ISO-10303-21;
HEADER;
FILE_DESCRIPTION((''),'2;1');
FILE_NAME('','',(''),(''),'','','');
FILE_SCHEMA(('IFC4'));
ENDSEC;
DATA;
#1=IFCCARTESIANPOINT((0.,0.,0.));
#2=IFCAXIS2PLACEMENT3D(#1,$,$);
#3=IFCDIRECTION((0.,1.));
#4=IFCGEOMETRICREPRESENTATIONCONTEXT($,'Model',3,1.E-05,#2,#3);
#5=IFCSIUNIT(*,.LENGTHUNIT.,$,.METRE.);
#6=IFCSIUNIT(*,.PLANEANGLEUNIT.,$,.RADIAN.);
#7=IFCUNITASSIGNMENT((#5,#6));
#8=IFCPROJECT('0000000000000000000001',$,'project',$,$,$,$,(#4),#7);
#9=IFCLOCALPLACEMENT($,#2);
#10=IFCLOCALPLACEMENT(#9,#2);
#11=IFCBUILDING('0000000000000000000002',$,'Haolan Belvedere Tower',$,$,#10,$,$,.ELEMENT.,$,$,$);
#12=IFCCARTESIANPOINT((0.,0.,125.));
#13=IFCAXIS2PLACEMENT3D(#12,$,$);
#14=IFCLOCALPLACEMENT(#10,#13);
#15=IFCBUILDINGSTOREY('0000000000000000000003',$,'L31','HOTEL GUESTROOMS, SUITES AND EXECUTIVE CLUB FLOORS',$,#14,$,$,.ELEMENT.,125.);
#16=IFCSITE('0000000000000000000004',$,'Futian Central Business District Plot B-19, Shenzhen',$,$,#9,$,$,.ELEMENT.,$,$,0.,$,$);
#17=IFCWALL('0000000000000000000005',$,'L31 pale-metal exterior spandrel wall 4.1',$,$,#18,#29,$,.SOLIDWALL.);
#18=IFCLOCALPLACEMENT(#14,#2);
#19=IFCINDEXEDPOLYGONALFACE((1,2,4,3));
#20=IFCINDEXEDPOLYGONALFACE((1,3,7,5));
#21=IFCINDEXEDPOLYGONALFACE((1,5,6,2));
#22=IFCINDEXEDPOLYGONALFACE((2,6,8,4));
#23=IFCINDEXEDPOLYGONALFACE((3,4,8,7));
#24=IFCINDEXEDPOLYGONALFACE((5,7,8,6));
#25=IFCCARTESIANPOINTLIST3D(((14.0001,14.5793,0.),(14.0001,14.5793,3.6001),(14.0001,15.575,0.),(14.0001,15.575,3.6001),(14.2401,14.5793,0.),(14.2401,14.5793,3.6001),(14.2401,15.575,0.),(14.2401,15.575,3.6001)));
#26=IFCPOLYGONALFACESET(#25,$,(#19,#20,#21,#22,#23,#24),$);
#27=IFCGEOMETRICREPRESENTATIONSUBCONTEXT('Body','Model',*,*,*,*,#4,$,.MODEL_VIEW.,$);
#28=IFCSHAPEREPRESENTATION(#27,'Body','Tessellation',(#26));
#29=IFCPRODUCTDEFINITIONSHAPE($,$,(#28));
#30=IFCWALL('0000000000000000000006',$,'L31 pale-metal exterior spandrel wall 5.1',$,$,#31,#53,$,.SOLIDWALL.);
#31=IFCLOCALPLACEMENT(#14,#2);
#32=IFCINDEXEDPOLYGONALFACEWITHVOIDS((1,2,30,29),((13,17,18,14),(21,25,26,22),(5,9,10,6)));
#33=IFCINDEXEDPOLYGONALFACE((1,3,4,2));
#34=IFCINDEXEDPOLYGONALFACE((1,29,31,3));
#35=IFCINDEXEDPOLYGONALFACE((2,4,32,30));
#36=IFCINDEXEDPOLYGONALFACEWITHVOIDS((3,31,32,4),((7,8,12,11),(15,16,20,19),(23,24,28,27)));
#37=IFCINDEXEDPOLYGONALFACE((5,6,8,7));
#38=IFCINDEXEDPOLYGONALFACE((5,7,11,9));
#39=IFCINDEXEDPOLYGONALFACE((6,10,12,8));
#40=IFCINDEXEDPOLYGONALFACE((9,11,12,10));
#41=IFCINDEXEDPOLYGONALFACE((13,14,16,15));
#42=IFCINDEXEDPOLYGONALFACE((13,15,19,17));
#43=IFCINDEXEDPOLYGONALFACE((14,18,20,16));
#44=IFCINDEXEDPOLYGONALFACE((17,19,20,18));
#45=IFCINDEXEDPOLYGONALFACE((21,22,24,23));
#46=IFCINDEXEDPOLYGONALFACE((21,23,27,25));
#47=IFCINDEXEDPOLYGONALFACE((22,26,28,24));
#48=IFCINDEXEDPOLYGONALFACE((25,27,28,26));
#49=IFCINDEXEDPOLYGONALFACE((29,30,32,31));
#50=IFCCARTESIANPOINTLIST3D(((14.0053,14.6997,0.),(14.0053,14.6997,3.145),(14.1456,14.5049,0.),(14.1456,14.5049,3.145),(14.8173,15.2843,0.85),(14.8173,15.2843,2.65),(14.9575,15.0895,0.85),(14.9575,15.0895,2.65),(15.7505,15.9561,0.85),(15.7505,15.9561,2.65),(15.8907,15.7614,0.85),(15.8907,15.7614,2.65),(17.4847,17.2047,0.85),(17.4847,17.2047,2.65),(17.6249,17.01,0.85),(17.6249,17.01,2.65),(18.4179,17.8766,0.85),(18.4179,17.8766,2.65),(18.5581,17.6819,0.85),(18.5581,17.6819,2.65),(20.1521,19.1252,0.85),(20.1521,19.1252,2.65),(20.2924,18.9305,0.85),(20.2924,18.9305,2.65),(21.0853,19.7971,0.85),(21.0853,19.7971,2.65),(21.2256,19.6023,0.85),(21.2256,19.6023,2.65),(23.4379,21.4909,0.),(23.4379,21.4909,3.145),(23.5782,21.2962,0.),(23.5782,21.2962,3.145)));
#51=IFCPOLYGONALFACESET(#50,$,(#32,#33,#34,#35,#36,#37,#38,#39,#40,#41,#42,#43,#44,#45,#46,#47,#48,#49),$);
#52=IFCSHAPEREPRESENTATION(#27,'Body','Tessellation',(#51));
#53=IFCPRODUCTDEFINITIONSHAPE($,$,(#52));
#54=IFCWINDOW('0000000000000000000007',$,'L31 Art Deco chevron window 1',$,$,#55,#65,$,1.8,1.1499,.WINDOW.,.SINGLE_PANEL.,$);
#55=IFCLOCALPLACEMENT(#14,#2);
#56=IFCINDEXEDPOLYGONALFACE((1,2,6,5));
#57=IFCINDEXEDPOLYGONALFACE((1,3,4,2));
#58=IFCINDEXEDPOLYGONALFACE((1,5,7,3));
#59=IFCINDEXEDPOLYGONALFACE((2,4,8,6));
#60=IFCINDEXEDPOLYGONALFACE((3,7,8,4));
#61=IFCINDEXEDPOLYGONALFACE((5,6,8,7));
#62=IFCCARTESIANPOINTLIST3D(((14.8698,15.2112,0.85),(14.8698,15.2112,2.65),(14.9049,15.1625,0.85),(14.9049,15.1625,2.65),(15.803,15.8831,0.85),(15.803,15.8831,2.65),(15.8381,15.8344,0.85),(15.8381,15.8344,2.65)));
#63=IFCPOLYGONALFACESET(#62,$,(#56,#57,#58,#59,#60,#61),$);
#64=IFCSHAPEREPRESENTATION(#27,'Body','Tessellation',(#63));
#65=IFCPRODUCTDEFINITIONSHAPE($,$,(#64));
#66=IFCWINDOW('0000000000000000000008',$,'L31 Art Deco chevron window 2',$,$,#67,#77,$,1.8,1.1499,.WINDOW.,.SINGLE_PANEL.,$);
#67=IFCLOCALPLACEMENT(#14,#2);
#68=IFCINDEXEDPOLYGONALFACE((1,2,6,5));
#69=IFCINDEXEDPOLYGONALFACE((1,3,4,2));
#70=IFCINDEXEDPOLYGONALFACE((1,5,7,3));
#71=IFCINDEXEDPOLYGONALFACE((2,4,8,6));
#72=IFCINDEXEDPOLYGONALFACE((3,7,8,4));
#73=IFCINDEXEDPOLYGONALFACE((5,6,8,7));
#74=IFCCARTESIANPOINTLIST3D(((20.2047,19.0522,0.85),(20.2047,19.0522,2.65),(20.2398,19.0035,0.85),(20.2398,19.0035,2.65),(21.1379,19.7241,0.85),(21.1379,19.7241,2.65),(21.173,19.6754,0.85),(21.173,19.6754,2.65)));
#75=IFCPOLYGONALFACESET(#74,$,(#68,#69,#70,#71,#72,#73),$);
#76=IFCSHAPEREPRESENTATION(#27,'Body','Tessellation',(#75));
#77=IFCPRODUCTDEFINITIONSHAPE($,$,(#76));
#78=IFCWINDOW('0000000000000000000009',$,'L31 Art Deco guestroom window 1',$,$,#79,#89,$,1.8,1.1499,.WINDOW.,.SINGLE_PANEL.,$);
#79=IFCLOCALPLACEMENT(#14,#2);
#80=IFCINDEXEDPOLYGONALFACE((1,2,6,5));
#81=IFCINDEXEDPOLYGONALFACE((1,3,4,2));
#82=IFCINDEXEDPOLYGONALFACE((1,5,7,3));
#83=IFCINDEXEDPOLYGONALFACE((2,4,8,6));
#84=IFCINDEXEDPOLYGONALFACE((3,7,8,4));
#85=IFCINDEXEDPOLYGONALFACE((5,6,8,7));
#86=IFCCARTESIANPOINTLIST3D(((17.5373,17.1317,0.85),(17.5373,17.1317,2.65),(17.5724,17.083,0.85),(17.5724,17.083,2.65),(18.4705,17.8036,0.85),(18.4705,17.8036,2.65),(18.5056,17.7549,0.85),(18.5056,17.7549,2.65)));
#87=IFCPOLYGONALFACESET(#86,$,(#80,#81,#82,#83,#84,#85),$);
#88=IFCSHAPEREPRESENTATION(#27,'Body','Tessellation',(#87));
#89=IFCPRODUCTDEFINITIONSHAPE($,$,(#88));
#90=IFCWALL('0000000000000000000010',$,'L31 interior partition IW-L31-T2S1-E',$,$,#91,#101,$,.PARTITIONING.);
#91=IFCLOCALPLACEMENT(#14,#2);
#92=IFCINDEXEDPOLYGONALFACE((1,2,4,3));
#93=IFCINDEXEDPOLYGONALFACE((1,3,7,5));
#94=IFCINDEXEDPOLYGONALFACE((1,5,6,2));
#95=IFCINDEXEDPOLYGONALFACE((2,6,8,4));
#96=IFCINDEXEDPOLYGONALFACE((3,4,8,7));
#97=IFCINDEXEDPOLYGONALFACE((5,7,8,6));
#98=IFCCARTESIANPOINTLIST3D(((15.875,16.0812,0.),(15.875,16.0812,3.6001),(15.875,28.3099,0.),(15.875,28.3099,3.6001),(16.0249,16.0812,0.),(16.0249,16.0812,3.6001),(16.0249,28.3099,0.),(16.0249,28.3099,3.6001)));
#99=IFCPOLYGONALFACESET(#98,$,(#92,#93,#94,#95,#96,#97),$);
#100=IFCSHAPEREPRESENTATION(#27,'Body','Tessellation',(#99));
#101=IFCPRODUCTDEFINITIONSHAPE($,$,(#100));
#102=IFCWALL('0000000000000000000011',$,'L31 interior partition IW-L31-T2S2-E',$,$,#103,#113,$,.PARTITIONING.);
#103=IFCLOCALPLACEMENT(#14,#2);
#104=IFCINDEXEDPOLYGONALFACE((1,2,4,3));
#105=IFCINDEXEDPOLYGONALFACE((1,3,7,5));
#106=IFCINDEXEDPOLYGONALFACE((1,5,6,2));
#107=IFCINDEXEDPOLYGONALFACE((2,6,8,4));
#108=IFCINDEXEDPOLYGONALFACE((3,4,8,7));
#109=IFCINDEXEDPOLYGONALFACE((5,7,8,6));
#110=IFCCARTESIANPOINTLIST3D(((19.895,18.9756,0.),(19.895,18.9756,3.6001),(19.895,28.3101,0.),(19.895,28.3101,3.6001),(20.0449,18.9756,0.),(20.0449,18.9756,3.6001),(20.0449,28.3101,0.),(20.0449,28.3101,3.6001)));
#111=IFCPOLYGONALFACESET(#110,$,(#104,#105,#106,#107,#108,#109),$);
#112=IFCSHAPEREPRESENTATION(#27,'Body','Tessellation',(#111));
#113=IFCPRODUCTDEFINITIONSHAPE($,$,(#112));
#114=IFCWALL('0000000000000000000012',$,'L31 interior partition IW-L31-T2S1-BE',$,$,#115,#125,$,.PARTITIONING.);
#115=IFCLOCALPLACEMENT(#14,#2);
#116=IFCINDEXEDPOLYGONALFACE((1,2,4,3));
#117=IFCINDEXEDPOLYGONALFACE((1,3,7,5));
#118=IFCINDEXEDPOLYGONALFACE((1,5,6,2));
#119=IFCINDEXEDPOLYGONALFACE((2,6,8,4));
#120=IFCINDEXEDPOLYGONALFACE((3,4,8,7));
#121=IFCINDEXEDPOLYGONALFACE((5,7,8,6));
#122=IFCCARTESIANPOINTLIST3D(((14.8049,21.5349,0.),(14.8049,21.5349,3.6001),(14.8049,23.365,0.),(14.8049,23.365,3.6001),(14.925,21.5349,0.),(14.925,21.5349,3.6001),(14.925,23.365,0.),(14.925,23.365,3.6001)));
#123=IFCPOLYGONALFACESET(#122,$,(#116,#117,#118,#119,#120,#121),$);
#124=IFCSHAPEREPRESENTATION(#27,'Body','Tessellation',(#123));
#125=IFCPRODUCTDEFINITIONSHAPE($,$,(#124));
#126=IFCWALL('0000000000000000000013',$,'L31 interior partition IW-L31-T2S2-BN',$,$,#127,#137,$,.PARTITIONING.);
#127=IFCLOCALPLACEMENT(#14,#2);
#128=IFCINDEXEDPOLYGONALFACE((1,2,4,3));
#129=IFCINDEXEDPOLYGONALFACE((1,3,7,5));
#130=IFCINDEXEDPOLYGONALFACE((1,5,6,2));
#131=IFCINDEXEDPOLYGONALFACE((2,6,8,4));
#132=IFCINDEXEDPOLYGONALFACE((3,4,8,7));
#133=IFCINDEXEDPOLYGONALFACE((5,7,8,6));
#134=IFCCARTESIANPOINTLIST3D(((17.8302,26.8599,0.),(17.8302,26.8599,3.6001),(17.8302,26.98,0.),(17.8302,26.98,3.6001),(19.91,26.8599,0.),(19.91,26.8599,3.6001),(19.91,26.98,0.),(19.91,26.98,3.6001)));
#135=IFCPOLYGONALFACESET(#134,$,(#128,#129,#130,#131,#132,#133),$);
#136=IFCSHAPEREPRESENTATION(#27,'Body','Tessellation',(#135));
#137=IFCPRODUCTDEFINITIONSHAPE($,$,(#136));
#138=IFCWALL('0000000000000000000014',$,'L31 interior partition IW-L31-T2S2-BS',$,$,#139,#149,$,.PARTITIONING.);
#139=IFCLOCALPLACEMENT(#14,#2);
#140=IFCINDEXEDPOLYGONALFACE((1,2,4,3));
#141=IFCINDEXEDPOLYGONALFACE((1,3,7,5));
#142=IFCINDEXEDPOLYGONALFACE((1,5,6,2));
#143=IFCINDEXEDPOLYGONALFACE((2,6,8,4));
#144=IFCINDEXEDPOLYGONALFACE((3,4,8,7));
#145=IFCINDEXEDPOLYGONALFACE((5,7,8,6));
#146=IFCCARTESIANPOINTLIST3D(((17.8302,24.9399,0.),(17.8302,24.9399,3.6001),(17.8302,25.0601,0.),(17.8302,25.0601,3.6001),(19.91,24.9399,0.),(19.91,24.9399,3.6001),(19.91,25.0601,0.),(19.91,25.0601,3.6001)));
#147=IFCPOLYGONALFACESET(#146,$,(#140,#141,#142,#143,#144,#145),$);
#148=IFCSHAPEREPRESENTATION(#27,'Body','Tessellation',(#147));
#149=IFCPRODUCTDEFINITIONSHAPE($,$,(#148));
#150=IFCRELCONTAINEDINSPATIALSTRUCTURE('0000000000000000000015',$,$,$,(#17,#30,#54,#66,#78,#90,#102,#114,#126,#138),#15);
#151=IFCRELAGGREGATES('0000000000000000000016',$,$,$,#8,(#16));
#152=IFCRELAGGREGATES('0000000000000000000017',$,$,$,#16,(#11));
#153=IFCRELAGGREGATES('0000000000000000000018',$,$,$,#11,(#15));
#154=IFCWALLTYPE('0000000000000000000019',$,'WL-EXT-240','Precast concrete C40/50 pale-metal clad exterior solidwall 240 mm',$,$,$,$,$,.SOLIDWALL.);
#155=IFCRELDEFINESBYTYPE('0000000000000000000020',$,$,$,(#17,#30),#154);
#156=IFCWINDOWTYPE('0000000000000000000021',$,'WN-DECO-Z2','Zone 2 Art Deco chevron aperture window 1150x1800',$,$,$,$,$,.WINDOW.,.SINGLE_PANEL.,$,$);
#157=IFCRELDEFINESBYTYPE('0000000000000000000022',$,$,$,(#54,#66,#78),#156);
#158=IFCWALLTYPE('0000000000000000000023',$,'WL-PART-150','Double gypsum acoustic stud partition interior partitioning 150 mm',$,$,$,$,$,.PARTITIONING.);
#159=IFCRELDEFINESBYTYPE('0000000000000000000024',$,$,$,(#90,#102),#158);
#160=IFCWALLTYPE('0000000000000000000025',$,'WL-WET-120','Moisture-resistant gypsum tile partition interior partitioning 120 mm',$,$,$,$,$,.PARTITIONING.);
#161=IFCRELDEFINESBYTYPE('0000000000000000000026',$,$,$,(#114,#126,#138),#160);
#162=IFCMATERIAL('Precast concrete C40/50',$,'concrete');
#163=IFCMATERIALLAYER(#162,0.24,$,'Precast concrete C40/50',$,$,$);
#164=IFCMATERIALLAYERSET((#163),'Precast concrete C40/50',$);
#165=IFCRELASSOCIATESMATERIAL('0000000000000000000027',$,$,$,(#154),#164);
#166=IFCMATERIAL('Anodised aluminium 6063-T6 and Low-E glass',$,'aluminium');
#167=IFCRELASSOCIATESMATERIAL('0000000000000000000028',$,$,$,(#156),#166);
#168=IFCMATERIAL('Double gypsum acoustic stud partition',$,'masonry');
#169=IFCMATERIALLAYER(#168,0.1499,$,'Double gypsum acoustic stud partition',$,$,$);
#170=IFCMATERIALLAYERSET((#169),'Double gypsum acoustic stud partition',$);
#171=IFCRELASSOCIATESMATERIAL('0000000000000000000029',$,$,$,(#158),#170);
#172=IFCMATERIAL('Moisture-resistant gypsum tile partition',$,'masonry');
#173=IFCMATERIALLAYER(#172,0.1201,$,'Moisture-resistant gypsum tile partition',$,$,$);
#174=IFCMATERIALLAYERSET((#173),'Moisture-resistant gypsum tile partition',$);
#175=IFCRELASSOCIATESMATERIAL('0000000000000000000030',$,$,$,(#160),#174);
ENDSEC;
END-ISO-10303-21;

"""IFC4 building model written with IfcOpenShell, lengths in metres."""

from ifc_helpers import new_model, si_unit, direction, frame, frame_2d, origin, place, context, subcontext, project, spatial, rectangle, extrude, material, layer, layer_set, type_object, element, fill, save


model = new_model("IFC4")

# Units and contexts
model_context = context("Model", 3, precision=1e-05, world=origin(), true_north=direction((0.0, 1.0)))
body_context = subcontext(model_context, "Body", "Model", "MODEL_VIEW")
ifc_project = project(units=[si_unit("LENGTHUNIT", "METRE"), si_unit("PLANEANGLEUNIT", "RADIAN")], contexts=[model_context])

# Site, building, storey
site_placement = place(None, origin())
site = spatial("IfcSite", under=ifc_project, at=site_placement, Name="Futian Central Business District Plot B-19, Shenzhen", CompositionType="ELEMENT", RefElevation=0.0)
building_placement = place(site_placement, origin())
building = spatial("IfcBuilding", under=site, at=building_placement, Name="Haolan Belvedere Tower", CompositionType="ELEMENT")
storey_placement = place(building_placement, frame((0.0, 0.0, 125.0)))
storey = spatial("IfcBuildingStorey", under=building, at=storey_placement, Name="L31", Description="HOTEL GUESTROOMS, SUITES AND EXECUTIVE CLUB FLOORS", CompositionType="ELEMENT", Elevation=125.0)

# Wall
ifc_material_1 = material(Name="Precast concrete C40/50", Category="concrete")
ifc_layer_1 = layer(ifc_material_1, 0.24, Name="Precast concrete C40/50")
ifc_layer_set_1 = layer_set([ifc_layer_1], Name="Precast concrete C40/50")
wall_type_1 = type_object("IfcWallType", Name="WL-EXT-240", Description="Precast concrete C40/50 pale-metal clad exterior solidwall 240 mm", PredefinedType="SOLIDWALL", material=ifc_layer_set_1)
wall_1_placement = place(storey_placement, frame((14.1201, 15.575, 0.0), z_axis=(0.0, 0.0, 1.0), x_axis=(0.0, -1.0, 0.0)))
element("IfcWall", 1, at=wall_1_placement, inside=storey, type_object=wall_type_1, Name="L31 pale-metal exterior spandrel wall 4.1", PredefinedType="SOLIDWALL", context=body_context, shape_type="SweptSolid", body=[
    extrude(rectangle(XDim=0.9956, YDim=0.24, at=frame_2d((0.4978, 0.0))), origin(), (0.0, 0.0, 1.0), 3.6001),
])

# Wall, openings, windows
wall_2_placement = place(storey_placement, frame((14.0754, 14.6023, 0.0), z_axis=(0.0, 0.0, 1.0), x_axis=(0.811544, 0.584292, 0.0)))
wall_2 = element("IfcWall", 2, at=wall_2_placement, inside=storey, type_object=wall_type_1, Name="L31 pale-metal exterior spandrel wall 5.1", PredefinedType="SOLIDWALL", context=body_context, shape_type="SweptSolid", body=[
    extrude(rectangle(XDim=11.623, YDim=0.24, at=frame_2d((5.8115, 0.0))), origin(), (0.0, 0.0, 1.0), 3.145),
])
opening_1_placement = place(wall_2_placement, frame((1.0005, 0.0, 0.8501)))
opening_1 = element("IfcOpeningElement", 3, at=opening_1_placement, cuts=wall_2, PredefinedType="OPENING", context=body_context, shape_type="SweptSolid", body=[
    extrude(rectangle(XDim=1.1499, YDim=1.8, at=frame_2d((0.575, 0.8999))), frame((0.0, 0.1299, 0.0), z_axis=(0.0, -1.0, 0.0), x_axis=(1.0, 0.0, 0.0)), (0.0, 0.0, 1.0), 0.26),
])
opening_2_placement = place(wall_2_placement, frame((7.5742, 0.0, 0.8501)))
opening_2 = element("IfcOpeningElement", 4, at=opening_2_placement, cuts=wall_2, PredefinedType="OPENING", context=body_context, shape_type="SweptSolid", body=[
    extrude(rectangle(XDim=1.1499, YDim=1.8, at=frame_2d((0.575, 0.8999))), frame((0.0, 0.1299, 0.0), z_axis=(0.0, -1.0, 0.0), x_axis=(1.0, 0.0, 0.0)), (0.0, 0.0, 1.0), 0.26),
])
opening_3_placement = place(wall_2_placement, frame((4.2874, 0.0, 0.8501)))
opening_3 = element("IfcOpeningElement", 5, at=opening_3_placement, cuts=wall_2, PredefinedType="OPENING", context=body_context, shape_type="SweptSolid", body=[
    extrude(rectangle(XDim=1.1499, YDim=1.8, at=frame_2d((0.575, 0.8999))), frame((0.0, 0.1299, 0.0), z_axis=(0.0, -1.0, 0.0), x_axis=(1.0, 0.0, 0.0)), (0.0, 0.0, 1.0), 0.26),
])
ifc_material_2 = material(Name="Anodised aluminium 6063-T6 and Low-E glass", Category="aluminium")
window_type = type_object("IfcWindowType", Name="WN-DECO-Z2", Description="Zone 2 Art Deco chevron aperture window 1150x1800", PartitioningType="SINGLE_PANEL", PredefinedType="WINDOW", material=ifc_material_2)
window_1_placement = place(opening_1_placement, origin())
window_1 = element("IfcWindow", 6, at=window_1_placement, inside=storey, type_object=window_type, Name="L31 Art Deco chevron window 1", OverallHeight=1.8, OverallWidth=1.1499, PartitioningType="SINGLE_PANEL", PredefinedType="WINDOW", context=body_context, shape_type="SweptSolid", body=[
    extrude(rectangle(XDim=1.1499, YDim=1.8, at=frame_2d((0.575, 0.8999))), frame((0.0, 0.03, 0.0), z_axis=(0.0, -1.0, 0.0), x_axis=(1.0, 0.0, 0.0)), (0.0, 0.0, 1.0), 0.0601),
])
fill(opening_1, window_1)
window_2_placement = place(opening_2_placement, origin())
window_2 = element("IfcWindow", 7, at=window_2_placement, inside=storey, type_object=window_type, Name="L31 Art Deco chevron window 2", OverallHeight=1.8, OverallWidth=1.1499, PartitioningType="SINGLE_PANEL", PredefinedType="WINDOW", context=body_context, shape_type="SweptSolid", body=[
    extrude(rectangle(XDim=1.1499, YDim=1.8, at=frame_2d((0.575, 0.8999))), frame((0.0, 0.03, 0.0), z_axis=(0.0, -1.0, 0.0), x_axis=(1.0, 0.0, 0.0)), (0.0, 0.0, 1.0), 0.0601),
])
fill(opening_2, window_2)
window_3_placement = place(opening_3_placement, origin())
window_3 = element("IfcWindow", 8, at=window_3_placement, inside=storey, type_object=window_type, Name="L31 Art Deco guestroom window 1", OverallHeight=1.8, OverallWidth=1.1499, PartitioningType="SINGLE_PANEL", PredefinedType="WINDOW", context=body_context, shape_type="SweptSolid", body=[
    extrude(rectangle(XDim=1.1499, YDim=1.8, at=frame_2d((0.575, 0.8999))), frame((0.0, 0.03, 0.0), z_axis=(0.0, -1.0, 0.0), x_axis=(1.0, 0.0, 0.0)), (0.0, 0.0, 1.0), 0.0601),
])
fill(opening_3, window_3)

# Wall
ifc_material_3 = material(Name="Double gypsum acoustic stud partition", Category="masonry")
ifc_layer_2 = layer(ifc_material_3, 0.1499, Name="Double gypsum acoustic stud partition")
ifc_layer_set_2 = layer_set([ifc_layer_2], Name="Double gypsum acoustic stud partition")
wall_type_2 = type_object("IfcWallType", Name="WL-PART-150", Description="Double gypsum acoustic stud partition interior partitioning 150 mm", PredefinedType="PARTITIONING", material=ifc_layer_set_2)
wall_3_placement = place(storey_placement, frame((15.95, 16.0813, 0.0), z_axis=(0.0, 0.0, 1.0), x_axis=(0.0, 1.0, 0.0)))
element("IfcWall", 9, at=wall_3_placement, inside=storey, type_object=wall_type_2, Name="L31 interior partition IW-L31-T2S1-E", PredefinedType="PARTITIONING", context=body_context, shape_type="SweptSolid", body=[
    extrude(rectangle(XDim=12.2288, YDim=0.1499, at=frame_2d((6.1143, 0.0))), origin(), (0.0, 0.0, 1.0), 3.6001),
])

# Wall
wall_4_placement = place(storey_placement, frame((19.97, 18.9756, 0.0), z_axis=(0.0, 0.0, 1.0), x_axis=(0.0, 1.0, 0.0)))
element("IfcWall", 10, at=wall_4_placement, inside=storey, type_object=wall_type_2, Name="L31 interior partition IW-L31-T2S2-E", PredefinedType="PARTITIONING", context=body_context, shape_type="SweptSolid", body=[
    extrude(rectangle(XDim=9.3345, YDim=0.1499, at=frame_2d((4.6672, 0.0))), origin(), (0.0, 0.0, 1.0), 3.6001),
])

# Walls
ifc_material_4 = material(Name="Moisture-resistant gypsum tile partition", Category="masonry")
ifc_layer_3 = layer(ifc_material_4, 0.1201, Name="Moisture-resistant gypsum tile partition")
ifc_layer_set_3 = layer_set([ifc_layer_3], Name="Moisture-resistant gypsum tile partition")
wall_type_3 = type_object("IfcWallType", Name="WL-WET-120", Description="Moisture-resistant gypsum tile partition interior partitioning 120 mm", PredefinedType="PARTITIONING", material=ifc_layer_set_3)
wall_5_placement = place(storey_placement, frame((14.865, 21.5349, 0.0), z_axis=(0.0, 0.0, 1.0), x_axis=(0.0, 1.0, 0.0)))
element("IfcWall", 11, at=wall_5_placement, inside=storey, type_object=wall_type_3, Name="L31 interior partition IW-L31-T2S1-BE", PredefinedType="PARTITIONING", context=body_context, shape_type="SweptSolid", body=[
    extrude(rectangle(XDim=1.8301, YDim=0.1201, at=frame_2d((0.915, 0.0))), origin(), (0.0, 0.0, 1.0), 3.6001),
])
for number, where, z_axis, x_axis, name in (
    (12, (17.8301, 26.9199, 0.0), (0.0, 0.0, 1.0), (1.0, 0.0, 0.0), "L31 interior partition IW-L31-T2S2-BN"),
    (13, (17.8301, 25.0, 0.0), (0.0, 0.0, 1.0), (1.0, 0.0, 0.0), "L31 interior partition IW-L31-T2S2-BS"),
):
    element("IfcWall", number, at=place(storey_placement, frame(where, z_axis=z_axis, x_axis=x_axis)), inside=storey, type_object=wall_type_3, Name=name, PredefinedType="PARTITIONING", context=body_context, shape_type="SweptSolid", body=[
        extrude(rectangle(XDim=2.0798, YDim=0.1201, at=frame_2d((1.04, 0.0))), origin(), (0.0, 0.0, 1.0), 3.6001),
    ])

save(model, "model.ifc")
